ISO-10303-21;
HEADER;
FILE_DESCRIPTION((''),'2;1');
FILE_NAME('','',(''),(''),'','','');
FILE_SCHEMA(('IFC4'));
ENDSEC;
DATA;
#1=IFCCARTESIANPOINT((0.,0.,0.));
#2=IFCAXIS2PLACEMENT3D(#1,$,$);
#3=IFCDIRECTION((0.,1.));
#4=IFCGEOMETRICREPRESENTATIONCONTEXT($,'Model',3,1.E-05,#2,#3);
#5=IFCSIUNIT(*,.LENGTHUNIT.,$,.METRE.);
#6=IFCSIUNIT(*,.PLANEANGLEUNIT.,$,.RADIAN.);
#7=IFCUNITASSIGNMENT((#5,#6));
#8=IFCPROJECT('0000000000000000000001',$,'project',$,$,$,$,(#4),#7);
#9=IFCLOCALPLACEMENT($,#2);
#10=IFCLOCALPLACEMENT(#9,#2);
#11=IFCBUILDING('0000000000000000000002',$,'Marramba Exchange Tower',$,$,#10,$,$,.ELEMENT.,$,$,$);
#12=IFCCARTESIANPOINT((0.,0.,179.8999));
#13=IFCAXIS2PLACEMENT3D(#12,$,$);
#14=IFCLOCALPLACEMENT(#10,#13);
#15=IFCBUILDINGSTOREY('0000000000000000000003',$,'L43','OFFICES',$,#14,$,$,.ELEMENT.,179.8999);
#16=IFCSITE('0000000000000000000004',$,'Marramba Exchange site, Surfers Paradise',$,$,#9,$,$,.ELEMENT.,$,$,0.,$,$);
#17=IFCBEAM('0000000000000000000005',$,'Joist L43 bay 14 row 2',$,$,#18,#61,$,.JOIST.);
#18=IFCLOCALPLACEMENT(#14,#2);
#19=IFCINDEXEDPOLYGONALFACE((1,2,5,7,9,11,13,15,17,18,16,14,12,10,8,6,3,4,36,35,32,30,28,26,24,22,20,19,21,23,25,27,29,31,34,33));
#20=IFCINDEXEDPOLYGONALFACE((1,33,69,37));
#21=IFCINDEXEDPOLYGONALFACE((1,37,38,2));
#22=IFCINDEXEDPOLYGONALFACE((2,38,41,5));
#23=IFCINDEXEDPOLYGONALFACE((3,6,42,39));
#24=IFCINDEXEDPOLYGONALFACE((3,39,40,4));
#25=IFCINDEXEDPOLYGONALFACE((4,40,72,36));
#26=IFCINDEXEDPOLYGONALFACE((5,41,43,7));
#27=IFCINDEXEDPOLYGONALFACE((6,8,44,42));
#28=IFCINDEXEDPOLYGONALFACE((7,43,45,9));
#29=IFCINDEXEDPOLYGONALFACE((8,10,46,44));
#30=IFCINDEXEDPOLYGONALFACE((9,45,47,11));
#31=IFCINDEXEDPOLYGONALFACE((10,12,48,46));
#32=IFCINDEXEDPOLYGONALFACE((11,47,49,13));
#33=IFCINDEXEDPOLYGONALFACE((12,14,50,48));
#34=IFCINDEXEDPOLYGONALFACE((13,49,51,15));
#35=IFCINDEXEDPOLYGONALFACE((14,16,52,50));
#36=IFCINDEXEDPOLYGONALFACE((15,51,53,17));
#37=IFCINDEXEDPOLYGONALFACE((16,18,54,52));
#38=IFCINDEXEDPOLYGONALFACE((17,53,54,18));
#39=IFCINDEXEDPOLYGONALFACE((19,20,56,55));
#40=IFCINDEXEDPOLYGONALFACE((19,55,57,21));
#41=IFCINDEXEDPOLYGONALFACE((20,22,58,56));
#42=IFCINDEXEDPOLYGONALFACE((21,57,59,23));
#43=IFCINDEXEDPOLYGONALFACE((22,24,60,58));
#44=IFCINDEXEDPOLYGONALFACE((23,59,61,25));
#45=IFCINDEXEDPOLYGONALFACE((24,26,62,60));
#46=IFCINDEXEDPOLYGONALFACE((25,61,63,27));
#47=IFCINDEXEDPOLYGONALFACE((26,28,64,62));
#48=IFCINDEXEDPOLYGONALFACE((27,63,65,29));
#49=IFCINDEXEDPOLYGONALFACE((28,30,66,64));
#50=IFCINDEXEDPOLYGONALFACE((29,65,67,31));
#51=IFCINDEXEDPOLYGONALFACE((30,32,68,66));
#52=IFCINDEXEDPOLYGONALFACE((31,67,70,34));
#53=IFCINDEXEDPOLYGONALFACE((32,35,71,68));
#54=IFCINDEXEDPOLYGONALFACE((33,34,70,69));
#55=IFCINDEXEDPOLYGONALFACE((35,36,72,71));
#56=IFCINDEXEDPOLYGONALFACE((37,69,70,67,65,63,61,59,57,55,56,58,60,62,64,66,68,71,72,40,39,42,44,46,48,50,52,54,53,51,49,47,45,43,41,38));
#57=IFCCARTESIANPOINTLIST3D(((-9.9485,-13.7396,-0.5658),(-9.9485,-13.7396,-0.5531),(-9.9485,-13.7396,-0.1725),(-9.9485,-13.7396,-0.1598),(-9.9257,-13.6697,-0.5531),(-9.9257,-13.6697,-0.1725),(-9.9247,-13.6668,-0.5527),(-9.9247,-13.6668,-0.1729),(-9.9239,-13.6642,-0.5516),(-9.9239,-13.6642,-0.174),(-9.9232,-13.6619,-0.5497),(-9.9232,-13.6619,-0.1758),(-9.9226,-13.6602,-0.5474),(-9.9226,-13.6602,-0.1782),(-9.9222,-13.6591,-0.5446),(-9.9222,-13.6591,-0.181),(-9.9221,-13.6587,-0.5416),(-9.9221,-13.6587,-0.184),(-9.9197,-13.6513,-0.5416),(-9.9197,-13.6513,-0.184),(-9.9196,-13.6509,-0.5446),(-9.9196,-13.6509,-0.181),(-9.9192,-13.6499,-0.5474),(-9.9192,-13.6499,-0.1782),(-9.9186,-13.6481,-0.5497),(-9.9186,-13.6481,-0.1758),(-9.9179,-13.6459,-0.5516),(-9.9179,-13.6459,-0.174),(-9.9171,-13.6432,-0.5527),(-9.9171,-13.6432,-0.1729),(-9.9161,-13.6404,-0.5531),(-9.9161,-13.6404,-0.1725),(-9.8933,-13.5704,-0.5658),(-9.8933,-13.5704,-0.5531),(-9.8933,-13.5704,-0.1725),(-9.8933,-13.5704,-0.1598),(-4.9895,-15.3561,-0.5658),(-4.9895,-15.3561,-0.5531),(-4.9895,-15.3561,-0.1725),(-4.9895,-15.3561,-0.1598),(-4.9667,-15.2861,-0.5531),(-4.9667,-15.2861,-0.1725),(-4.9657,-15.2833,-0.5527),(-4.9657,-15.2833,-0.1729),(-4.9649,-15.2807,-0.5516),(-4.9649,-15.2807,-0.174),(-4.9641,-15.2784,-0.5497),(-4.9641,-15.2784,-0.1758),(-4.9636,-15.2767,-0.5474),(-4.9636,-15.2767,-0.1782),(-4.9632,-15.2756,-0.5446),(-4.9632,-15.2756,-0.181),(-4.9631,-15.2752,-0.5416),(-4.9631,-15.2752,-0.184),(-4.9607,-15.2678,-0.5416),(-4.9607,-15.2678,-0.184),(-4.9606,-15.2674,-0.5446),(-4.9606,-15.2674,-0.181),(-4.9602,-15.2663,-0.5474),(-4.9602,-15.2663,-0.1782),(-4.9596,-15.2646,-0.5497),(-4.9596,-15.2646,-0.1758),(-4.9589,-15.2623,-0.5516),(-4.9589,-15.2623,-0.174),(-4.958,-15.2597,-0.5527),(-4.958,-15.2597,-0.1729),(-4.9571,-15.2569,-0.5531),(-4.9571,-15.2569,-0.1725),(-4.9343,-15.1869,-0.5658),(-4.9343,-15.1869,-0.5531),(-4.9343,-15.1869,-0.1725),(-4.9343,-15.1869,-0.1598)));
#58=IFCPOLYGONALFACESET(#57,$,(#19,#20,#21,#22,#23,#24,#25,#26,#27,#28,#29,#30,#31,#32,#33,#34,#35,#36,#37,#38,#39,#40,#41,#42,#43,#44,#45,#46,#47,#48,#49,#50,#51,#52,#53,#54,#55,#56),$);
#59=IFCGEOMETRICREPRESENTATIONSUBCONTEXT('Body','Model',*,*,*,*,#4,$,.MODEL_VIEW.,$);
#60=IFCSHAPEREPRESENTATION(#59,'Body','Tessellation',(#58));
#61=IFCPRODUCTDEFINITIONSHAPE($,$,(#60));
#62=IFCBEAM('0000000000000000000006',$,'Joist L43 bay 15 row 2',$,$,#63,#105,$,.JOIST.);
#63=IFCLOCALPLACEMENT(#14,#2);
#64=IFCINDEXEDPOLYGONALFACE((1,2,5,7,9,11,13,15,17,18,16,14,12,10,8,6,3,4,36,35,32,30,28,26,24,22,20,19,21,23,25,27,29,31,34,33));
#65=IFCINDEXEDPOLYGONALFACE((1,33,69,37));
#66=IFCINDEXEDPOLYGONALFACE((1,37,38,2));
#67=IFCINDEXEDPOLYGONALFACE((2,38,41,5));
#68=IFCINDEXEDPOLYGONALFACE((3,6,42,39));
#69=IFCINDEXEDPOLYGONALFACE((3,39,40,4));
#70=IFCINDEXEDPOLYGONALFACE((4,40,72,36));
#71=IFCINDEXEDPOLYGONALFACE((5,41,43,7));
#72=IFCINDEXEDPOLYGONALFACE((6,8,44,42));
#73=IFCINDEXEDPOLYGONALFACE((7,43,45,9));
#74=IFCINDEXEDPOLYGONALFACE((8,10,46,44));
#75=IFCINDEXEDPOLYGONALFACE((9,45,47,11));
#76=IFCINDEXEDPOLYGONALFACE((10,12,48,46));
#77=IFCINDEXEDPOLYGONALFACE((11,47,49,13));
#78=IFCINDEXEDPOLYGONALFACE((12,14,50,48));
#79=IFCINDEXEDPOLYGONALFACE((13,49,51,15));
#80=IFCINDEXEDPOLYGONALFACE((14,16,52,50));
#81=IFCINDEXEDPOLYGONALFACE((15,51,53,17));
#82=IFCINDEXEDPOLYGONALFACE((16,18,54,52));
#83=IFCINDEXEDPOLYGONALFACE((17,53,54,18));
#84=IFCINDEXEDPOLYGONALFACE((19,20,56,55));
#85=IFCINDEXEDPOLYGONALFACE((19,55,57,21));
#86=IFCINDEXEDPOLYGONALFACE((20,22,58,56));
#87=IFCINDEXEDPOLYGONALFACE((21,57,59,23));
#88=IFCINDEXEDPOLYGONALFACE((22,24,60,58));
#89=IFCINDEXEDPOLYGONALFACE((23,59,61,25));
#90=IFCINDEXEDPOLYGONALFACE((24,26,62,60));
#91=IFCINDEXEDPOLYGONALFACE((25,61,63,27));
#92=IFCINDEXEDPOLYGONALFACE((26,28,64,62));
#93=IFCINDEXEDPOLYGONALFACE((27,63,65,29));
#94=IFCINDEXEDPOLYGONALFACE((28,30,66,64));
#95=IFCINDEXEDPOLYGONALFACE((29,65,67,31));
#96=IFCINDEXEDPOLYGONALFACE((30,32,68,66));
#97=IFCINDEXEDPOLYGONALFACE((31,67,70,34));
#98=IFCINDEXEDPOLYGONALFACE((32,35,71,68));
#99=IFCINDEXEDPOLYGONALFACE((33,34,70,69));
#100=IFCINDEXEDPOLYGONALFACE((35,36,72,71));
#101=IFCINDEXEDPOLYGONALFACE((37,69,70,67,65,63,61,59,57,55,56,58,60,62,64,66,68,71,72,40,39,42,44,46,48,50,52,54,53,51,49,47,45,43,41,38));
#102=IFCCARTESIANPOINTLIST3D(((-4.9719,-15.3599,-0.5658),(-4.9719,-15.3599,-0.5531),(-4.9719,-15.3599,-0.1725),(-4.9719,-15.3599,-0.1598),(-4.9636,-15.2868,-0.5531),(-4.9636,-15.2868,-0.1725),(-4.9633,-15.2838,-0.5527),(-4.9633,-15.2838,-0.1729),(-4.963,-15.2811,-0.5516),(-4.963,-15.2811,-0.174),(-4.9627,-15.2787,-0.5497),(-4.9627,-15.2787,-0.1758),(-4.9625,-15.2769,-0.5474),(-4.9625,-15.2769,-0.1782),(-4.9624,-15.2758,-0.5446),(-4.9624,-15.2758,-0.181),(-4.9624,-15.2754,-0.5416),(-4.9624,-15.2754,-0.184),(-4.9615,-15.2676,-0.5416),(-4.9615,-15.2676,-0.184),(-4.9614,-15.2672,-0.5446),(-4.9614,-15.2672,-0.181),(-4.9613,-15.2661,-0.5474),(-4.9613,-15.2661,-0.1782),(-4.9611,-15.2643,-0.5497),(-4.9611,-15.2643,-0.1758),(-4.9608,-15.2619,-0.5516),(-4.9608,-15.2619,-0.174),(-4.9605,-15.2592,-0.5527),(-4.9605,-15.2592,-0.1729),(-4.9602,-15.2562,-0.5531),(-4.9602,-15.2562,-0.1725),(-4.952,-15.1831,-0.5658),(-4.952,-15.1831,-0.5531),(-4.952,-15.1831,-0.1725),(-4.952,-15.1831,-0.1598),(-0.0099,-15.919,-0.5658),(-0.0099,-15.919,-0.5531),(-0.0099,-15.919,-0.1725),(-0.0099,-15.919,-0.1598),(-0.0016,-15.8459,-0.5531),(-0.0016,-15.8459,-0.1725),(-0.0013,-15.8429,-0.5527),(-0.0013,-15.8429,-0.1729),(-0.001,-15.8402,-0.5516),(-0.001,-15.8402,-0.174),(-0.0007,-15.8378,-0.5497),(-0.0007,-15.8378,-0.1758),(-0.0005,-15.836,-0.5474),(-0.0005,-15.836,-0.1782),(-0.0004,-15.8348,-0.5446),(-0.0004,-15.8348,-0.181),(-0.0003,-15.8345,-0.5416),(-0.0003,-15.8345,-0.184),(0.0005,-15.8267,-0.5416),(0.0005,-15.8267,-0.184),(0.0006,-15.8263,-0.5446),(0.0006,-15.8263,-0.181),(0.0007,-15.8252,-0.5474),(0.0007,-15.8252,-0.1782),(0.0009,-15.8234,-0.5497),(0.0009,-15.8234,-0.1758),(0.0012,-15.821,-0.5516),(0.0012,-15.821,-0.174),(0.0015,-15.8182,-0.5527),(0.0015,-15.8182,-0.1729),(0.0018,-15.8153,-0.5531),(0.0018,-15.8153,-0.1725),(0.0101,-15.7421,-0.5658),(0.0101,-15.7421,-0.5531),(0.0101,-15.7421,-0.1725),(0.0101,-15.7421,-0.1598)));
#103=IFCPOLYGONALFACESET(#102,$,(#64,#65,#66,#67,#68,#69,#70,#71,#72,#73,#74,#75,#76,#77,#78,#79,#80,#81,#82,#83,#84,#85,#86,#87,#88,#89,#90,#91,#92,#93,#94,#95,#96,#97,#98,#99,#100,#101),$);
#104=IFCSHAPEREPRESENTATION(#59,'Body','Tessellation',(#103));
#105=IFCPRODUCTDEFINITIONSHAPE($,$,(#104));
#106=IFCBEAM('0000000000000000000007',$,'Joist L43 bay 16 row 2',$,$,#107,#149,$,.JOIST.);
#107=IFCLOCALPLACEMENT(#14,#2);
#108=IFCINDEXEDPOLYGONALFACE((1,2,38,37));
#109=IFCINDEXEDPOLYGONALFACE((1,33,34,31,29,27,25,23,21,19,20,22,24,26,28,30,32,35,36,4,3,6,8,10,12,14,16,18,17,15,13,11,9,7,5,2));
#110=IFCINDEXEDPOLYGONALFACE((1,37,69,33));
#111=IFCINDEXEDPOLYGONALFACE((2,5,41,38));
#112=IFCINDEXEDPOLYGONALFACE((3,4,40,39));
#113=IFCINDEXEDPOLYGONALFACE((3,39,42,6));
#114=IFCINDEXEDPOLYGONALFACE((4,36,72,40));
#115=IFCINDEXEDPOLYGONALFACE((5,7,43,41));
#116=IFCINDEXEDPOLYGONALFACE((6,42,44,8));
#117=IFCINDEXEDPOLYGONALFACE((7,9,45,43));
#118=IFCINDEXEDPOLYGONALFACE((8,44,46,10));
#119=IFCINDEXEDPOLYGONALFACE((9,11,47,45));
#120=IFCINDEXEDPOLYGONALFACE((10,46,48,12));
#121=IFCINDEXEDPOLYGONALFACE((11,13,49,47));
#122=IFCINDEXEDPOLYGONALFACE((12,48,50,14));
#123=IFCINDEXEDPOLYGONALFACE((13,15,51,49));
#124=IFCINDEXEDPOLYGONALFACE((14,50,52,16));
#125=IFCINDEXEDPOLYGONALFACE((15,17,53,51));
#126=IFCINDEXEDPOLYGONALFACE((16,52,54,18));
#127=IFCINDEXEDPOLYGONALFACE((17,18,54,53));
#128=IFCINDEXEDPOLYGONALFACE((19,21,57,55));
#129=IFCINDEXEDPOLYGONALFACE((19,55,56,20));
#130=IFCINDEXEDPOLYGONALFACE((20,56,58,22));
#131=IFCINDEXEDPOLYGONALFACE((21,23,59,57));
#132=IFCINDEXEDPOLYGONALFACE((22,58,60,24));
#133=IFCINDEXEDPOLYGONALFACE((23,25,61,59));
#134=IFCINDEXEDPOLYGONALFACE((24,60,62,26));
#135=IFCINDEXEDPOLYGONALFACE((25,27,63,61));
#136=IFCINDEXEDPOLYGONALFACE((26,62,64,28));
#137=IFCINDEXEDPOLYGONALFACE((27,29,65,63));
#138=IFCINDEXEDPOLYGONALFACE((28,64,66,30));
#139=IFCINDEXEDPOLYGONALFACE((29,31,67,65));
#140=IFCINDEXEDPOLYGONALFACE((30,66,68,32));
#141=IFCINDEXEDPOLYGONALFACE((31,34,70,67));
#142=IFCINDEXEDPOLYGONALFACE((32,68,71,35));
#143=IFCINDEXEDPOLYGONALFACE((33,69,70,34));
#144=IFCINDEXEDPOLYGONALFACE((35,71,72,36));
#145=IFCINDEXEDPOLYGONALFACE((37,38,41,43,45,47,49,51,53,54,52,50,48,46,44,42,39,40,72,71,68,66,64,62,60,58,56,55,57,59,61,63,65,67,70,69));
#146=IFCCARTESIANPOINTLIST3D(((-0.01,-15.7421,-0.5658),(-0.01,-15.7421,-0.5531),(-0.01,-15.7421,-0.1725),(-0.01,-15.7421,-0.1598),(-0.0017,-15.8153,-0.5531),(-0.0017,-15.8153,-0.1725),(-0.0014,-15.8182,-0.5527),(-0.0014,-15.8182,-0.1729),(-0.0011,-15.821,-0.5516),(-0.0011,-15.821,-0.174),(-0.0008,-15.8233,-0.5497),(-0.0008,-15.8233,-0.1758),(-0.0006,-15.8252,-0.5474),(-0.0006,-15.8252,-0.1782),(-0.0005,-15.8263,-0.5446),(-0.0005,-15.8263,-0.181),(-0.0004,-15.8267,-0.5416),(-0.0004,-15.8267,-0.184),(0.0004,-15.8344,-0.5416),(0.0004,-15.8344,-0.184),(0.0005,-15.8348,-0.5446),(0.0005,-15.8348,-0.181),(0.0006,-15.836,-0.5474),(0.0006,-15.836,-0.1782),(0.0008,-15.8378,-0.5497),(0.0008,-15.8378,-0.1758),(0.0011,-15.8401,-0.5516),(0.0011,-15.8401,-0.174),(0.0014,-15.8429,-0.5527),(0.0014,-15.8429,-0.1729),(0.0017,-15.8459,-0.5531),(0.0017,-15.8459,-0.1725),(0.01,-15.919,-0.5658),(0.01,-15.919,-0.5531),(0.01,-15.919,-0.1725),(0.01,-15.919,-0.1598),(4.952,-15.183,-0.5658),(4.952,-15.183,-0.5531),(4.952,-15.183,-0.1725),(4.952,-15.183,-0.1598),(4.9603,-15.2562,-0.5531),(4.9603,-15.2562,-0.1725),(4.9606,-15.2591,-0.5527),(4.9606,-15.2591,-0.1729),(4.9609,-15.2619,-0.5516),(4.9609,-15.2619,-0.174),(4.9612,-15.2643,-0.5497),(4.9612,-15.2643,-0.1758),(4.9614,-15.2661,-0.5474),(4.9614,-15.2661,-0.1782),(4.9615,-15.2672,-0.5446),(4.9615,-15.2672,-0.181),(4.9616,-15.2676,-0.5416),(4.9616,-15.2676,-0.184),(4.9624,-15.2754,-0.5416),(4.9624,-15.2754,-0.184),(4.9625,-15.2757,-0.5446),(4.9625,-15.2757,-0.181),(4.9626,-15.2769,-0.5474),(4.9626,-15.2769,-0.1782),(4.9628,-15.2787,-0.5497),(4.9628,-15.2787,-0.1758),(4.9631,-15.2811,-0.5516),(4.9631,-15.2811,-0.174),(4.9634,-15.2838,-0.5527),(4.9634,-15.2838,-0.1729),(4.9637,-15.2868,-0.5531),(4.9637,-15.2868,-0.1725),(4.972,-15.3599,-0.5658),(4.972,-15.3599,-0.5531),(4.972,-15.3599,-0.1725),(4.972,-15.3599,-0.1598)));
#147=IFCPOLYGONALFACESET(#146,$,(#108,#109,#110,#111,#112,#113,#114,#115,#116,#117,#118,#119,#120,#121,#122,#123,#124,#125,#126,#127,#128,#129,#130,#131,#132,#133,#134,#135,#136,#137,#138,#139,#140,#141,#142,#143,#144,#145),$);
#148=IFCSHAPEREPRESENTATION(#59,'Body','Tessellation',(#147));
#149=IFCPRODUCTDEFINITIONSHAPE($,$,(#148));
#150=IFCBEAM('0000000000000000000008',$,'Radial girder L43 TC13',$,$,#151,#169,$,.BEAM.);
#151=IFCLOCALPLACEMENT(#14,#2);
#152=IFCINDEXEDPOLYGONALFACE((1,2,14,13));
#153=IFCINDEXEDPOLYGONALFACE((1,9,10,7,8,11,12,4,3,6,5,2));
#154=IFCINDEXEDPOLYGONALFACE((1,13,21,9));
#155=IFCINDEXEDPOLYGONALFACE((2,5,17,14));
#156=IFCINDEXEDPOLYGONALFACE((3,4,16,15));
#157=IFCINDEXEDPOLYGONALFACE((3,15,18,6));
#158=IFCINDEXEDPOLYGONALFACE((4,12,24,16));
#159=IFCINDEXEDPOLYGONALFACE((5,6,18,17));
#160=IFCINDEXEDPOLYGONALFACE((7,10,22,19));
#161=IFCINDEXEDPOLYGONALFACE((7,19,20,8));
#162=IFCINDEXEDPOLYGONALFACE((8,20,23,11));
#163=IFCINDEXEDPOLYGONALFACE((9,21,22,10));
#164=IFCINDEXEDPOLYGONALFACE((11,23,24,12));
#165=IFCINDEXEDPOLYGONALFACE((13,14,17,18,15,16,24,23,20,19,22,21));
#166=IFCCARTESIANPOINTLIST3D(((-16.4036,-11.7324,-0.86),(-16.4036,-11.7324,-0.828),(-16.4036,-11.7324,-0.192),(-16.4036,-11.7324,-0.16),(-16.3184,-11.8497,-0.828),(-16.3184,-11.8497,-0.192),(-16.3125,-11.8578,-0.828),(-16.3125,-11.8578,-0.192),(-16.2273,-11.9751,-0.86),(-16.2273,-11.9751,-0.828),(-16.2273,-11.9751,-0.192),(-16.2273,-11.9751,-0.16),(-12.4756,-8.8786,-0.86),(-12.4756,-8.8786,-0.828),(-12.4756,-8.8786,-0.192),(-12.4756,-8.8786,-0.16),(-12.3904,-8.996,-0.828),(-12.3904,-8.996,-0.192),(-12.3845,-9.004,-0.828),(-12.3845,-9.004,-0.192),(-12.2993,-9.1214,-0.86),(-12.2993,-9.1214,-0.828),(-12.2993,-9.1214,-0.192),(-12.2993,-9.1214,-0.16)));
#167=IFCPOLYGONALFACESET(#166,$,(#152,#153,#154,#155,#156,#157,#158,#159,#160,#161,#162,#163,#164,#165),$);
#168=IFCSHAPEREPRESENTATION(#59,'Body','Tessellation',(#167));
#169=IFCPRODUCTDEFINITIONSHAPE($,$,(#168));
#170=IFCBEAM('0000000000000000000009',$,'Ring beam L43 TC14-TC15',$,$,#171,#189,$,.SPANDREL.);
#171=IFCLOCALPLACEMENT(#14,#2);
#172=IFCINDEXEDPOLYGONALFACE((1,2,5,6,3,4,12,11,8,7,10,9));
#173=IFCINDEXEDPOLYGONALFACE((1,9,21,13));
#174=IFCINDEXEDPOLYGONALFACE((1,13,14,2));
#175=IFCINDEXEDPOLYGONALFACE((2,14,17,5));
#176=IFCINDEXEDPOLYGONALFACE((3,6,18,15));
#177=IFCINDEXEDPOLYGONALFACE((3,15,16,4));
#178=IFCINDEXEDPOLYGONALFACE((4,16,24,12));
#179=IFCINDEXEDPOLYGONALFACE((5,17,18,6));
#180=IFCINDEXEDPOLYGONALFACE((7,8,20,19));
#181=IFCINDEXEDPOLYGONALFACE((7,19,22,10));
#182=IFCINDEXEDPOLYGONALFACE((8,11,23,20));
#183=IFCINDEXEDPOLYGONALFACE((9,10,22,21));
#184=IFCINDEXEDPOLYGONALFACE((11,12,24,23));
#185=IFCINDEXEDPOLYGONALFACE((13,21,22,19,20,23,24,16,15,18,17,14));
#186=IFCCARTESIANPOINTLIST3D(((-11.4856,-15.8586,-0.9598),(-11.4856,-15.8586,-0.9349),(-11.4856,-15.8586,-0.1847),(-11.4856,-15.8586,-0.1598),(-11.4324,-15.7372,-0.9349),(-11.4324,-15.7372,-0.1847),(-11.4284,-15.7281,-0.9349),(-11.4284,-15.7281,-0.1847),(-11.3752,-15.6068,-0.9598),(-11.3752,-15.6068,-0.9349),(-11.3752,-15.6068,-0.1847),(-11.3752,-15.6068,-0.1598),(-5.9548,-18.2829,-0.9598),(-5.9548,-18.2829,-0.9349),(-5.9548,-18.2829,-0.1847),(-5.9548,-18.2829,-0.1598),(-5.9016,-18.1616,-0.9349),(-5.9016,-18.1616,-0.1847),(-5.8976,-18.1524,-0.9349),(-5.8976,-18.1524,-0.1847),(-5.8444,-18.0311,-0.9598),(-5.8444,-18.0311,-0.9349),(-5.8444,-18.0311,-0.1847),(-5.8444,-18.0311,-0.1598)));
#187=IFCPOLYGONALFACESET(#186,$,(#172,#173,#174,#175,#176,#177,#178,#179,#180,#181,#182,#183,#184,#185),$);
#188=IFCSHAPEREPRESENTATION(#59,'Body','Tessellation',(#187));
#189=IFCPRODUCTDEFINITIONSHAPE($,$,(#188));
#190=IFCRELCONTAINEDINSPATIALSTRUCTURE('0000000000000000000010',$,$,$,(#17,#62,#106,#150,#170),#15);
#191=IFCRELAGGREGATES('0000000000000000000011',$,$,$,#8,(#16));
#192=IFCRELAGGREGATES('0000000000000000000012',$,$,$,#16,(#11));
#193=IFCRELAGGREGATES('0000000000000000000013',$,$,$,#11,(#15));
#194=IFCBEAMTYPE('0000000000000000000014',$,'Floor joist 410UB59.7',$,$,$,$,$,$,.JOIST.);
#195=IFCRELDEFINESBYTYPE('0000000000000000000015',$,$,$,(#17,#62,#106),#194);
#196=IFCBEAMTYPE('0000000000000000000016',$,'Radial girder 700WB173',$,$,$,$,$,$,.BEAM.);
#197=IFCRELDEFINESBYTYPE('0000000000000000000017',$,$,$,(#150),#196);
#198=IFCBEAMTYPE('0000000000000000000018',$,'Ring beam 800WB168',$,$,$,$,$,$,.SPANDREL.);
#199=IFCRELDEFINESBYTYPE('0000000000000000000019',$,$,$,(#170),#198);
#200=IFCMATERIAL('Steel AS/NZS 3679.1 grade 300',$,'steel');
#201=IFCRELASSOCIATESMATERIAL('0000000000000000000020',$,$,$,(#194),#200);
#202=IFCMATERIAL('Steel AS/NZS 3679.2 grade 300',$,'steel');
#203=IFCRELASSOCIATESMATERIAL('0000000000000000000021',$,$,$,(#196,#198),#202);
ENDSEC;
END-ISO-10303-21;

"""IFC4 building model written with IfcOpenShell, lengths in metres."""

from ifc_helpers import new_model, si_unit, direction, frame, origin, origin_2d, place, context, subcontext, project, spatial, i_section, extrude, material, material_profile, profile_set, type_object, element, save


model = new_model("IFC4")

# Units and contexts
model_context = context("Model", 3, precision=1e-05, world=origin(), true_north=direction((0.0, 1.0)))
body_context = subcontext(model_context, "Body", "Model", "MODEL_VIEW")
ifc_project = project(units=[si_unit("LENGTHUNIT", "METRE"), si_unit("PLANEANGLEUNIT", "RADIAN")], contexts=[model_context])

# Site, building, storey
site_placement = place(None, origin())
site = spatial("IfcSite", under=ifc_project, at=site_placement, Name="Marramba Exchange site, Surfers Paradise", CompositionType="ELEMENT", RefElevation=0.0)
building_placement = place(site_placement, origin())
building = spatial("IfcBuilding", under=site, at=building_placement, Name="Marramba Exchange Tower", CompositionType="ELEMENT")
storey_placement = place(building_placement, frame((0.0, 0.0, 179.8999)))
storey = spatial("IfcBuildingStorey", under=building, at=storey_placement, Name="L43", Description="OFFICES", CompositionType="ELEMENT", Elevation=179.8999)

# Beams
ifc_material_1 = material(Name="Steel AS/NZS 3679.2 grade 300", Category="steel")
ifc_material_2 = material(Name="Steel AS/NZS 3679.1 grade 300", Category="steel")
ifc_material_profile_1 = material_profile(ifc_material_2, i_section(OverallWidth=0.178, OverallDepth=0.406, WebThickness=0.0078, FlangeThickness=0.0127, FilletRadius=0.0115, at=origin_2d()), Name="410UB59.7")
ifc_profile_set_1 = profile_set([ifc_material_profile_1], Name="Steel AS/NZS 3679.1 grade 300")
beam_type_1 = type_object("IfcBeamType", Name="Floor joist 410UB59.7", PredefinedType="JOIST", material=ifc_profile_set_1)
beam_1_placement = place(storey_placement, frame((-9.9209, -13.655, -0.3628), z_axis=(0.950764, -0.309916, 0.0), x_axis=(0.309916, 0.950764, 0.0)))
element("IfcBeam", 1, at=beam_1_placement, inside=storey, type_object=beam_type_1, Name="Joist L43 bay 14 row 2", PredefinedType="JOIST", context=body_context, shape_type="SweptSolid", body=[
    extrude(i_section(OverallWidth=0.178, OverallDepth=0.406, WebThickness=0.0078, FlangeThickness=0.0127, FilletRadius=0.0115, at=origin_2d()), origin(), (0.0, 0.0, 1.0), 5.2158),
])
for number, where, z_axis, x_axis, name in (
    (2, (-4.9619, -15.2715, -0.3628), (0.993712, -0.111966, 0.0), (0.111966, 0.993712, 0.0), "Joist L43 bay 15 row 2"),
    (3, (0.0, -15.8306, -0.3628), (0.993712, 0.111966, 0.0), (-0.111966, 0.993712, 0.0), "Joist L43 bay 16 row 2"),
):
    element("IfcBeam", number, at=place(storey_placement, frame(where, z_axis=z_axis, x_axis=x_axis)), inside=storey, type_object=beam_type_1, Name=name, PredefinedType="JOIST", context=body_context, shape_type="SweptSolid", body=[
        extrude(i_section(OverallWidth=0.178, OverallDepth=0.406, WebThickness=0.0078, FlangeThickness=0.0127, FilletRadius=0.0115, at=origin_2d()), origin(), (0.0, 0.0, 1.0), 4.9934),
    ])
ifc_material_profile_2 = material_profile(ifc_material_1, i_section(OverallWidth=0.3, OverallDepth=0.7, WebThickness=0.01, FlangeThickness=0.032, at=origin_2d()), Name="700WB173")
ifc_profile_set_2 = profile_set([ifc_material_profile_2], Name="Steel AS/NZS 3679.2 grade 300")
beam_type_2 = type_object("IfcBeamType", Name="Radial girder 700WB173", PredefinedType="BEAM", material=ifc_profile_set_2)
beam_2_placement = place(storey_placement, frame((-12.3875, -9.0, -0.51), z_axis=(-0.809025, -0.587774, 0.0), x_axis=(0.587774, -0.809025, 0.0)))
element("IfcBeam", 4, at=beam_2_placement, inside=storey, type_object=beam_type_2, Name="Radial girder L43 TC13", PredefinedType="BEAM", context=body_context, shape_type="SweptSolid", body=[
    extrude(i_section(OverallWidth=0.3, OverallDepth=0.7, WebThickness=0.01, FlangeThickness=0.032, at=origin_2d()), origin(), (0.0, 0.0, 1.0), 4.8552),
])
ifc_material_profile_3 = material_profile(ifc_material_1, i_section(OverallWidth=0.2749, OverallDepth=0.8, WebThickness=0.01, FlangeThickness=0.0249, at=origin_2d()), Name="800WB168")
ifc_profile_set_3 = profile_set([ifc_material_profile_3], Name="Steel AS/NZS 3679.2 grade 300")
beam_type_3 = type_object("IfcBeamType", Name="Ring beam 800WB168", PredefinedType="SPANDREL", material=ifc_profile_set_3)
beam_3_placement = place(storey_placement, frame((-11.4304, -15.7327, -0.5598), z_axis=(0.915877, -0.401459, 0.0), x_axis=(0.401459, 0.915877, 0.0)))
element("IfcBeam", 5, at=beam_3_placement, inside=storey, type_object=beam_type_3, Name="Ring beam L43 TC14-TC15", PredefinedType="SPANDREL", context=body_context, shape_type="SweptSolid", body=[
    extrude(i_section(OverallWidth=0.2749, OverallDepth=0.8, WebThickness=0.01, FlangeThickness=0.0249, at=origin_2d()), origin(), (0.0, 0.0, 1.0), 6.0388),
])

save(model, "model.ifc")
